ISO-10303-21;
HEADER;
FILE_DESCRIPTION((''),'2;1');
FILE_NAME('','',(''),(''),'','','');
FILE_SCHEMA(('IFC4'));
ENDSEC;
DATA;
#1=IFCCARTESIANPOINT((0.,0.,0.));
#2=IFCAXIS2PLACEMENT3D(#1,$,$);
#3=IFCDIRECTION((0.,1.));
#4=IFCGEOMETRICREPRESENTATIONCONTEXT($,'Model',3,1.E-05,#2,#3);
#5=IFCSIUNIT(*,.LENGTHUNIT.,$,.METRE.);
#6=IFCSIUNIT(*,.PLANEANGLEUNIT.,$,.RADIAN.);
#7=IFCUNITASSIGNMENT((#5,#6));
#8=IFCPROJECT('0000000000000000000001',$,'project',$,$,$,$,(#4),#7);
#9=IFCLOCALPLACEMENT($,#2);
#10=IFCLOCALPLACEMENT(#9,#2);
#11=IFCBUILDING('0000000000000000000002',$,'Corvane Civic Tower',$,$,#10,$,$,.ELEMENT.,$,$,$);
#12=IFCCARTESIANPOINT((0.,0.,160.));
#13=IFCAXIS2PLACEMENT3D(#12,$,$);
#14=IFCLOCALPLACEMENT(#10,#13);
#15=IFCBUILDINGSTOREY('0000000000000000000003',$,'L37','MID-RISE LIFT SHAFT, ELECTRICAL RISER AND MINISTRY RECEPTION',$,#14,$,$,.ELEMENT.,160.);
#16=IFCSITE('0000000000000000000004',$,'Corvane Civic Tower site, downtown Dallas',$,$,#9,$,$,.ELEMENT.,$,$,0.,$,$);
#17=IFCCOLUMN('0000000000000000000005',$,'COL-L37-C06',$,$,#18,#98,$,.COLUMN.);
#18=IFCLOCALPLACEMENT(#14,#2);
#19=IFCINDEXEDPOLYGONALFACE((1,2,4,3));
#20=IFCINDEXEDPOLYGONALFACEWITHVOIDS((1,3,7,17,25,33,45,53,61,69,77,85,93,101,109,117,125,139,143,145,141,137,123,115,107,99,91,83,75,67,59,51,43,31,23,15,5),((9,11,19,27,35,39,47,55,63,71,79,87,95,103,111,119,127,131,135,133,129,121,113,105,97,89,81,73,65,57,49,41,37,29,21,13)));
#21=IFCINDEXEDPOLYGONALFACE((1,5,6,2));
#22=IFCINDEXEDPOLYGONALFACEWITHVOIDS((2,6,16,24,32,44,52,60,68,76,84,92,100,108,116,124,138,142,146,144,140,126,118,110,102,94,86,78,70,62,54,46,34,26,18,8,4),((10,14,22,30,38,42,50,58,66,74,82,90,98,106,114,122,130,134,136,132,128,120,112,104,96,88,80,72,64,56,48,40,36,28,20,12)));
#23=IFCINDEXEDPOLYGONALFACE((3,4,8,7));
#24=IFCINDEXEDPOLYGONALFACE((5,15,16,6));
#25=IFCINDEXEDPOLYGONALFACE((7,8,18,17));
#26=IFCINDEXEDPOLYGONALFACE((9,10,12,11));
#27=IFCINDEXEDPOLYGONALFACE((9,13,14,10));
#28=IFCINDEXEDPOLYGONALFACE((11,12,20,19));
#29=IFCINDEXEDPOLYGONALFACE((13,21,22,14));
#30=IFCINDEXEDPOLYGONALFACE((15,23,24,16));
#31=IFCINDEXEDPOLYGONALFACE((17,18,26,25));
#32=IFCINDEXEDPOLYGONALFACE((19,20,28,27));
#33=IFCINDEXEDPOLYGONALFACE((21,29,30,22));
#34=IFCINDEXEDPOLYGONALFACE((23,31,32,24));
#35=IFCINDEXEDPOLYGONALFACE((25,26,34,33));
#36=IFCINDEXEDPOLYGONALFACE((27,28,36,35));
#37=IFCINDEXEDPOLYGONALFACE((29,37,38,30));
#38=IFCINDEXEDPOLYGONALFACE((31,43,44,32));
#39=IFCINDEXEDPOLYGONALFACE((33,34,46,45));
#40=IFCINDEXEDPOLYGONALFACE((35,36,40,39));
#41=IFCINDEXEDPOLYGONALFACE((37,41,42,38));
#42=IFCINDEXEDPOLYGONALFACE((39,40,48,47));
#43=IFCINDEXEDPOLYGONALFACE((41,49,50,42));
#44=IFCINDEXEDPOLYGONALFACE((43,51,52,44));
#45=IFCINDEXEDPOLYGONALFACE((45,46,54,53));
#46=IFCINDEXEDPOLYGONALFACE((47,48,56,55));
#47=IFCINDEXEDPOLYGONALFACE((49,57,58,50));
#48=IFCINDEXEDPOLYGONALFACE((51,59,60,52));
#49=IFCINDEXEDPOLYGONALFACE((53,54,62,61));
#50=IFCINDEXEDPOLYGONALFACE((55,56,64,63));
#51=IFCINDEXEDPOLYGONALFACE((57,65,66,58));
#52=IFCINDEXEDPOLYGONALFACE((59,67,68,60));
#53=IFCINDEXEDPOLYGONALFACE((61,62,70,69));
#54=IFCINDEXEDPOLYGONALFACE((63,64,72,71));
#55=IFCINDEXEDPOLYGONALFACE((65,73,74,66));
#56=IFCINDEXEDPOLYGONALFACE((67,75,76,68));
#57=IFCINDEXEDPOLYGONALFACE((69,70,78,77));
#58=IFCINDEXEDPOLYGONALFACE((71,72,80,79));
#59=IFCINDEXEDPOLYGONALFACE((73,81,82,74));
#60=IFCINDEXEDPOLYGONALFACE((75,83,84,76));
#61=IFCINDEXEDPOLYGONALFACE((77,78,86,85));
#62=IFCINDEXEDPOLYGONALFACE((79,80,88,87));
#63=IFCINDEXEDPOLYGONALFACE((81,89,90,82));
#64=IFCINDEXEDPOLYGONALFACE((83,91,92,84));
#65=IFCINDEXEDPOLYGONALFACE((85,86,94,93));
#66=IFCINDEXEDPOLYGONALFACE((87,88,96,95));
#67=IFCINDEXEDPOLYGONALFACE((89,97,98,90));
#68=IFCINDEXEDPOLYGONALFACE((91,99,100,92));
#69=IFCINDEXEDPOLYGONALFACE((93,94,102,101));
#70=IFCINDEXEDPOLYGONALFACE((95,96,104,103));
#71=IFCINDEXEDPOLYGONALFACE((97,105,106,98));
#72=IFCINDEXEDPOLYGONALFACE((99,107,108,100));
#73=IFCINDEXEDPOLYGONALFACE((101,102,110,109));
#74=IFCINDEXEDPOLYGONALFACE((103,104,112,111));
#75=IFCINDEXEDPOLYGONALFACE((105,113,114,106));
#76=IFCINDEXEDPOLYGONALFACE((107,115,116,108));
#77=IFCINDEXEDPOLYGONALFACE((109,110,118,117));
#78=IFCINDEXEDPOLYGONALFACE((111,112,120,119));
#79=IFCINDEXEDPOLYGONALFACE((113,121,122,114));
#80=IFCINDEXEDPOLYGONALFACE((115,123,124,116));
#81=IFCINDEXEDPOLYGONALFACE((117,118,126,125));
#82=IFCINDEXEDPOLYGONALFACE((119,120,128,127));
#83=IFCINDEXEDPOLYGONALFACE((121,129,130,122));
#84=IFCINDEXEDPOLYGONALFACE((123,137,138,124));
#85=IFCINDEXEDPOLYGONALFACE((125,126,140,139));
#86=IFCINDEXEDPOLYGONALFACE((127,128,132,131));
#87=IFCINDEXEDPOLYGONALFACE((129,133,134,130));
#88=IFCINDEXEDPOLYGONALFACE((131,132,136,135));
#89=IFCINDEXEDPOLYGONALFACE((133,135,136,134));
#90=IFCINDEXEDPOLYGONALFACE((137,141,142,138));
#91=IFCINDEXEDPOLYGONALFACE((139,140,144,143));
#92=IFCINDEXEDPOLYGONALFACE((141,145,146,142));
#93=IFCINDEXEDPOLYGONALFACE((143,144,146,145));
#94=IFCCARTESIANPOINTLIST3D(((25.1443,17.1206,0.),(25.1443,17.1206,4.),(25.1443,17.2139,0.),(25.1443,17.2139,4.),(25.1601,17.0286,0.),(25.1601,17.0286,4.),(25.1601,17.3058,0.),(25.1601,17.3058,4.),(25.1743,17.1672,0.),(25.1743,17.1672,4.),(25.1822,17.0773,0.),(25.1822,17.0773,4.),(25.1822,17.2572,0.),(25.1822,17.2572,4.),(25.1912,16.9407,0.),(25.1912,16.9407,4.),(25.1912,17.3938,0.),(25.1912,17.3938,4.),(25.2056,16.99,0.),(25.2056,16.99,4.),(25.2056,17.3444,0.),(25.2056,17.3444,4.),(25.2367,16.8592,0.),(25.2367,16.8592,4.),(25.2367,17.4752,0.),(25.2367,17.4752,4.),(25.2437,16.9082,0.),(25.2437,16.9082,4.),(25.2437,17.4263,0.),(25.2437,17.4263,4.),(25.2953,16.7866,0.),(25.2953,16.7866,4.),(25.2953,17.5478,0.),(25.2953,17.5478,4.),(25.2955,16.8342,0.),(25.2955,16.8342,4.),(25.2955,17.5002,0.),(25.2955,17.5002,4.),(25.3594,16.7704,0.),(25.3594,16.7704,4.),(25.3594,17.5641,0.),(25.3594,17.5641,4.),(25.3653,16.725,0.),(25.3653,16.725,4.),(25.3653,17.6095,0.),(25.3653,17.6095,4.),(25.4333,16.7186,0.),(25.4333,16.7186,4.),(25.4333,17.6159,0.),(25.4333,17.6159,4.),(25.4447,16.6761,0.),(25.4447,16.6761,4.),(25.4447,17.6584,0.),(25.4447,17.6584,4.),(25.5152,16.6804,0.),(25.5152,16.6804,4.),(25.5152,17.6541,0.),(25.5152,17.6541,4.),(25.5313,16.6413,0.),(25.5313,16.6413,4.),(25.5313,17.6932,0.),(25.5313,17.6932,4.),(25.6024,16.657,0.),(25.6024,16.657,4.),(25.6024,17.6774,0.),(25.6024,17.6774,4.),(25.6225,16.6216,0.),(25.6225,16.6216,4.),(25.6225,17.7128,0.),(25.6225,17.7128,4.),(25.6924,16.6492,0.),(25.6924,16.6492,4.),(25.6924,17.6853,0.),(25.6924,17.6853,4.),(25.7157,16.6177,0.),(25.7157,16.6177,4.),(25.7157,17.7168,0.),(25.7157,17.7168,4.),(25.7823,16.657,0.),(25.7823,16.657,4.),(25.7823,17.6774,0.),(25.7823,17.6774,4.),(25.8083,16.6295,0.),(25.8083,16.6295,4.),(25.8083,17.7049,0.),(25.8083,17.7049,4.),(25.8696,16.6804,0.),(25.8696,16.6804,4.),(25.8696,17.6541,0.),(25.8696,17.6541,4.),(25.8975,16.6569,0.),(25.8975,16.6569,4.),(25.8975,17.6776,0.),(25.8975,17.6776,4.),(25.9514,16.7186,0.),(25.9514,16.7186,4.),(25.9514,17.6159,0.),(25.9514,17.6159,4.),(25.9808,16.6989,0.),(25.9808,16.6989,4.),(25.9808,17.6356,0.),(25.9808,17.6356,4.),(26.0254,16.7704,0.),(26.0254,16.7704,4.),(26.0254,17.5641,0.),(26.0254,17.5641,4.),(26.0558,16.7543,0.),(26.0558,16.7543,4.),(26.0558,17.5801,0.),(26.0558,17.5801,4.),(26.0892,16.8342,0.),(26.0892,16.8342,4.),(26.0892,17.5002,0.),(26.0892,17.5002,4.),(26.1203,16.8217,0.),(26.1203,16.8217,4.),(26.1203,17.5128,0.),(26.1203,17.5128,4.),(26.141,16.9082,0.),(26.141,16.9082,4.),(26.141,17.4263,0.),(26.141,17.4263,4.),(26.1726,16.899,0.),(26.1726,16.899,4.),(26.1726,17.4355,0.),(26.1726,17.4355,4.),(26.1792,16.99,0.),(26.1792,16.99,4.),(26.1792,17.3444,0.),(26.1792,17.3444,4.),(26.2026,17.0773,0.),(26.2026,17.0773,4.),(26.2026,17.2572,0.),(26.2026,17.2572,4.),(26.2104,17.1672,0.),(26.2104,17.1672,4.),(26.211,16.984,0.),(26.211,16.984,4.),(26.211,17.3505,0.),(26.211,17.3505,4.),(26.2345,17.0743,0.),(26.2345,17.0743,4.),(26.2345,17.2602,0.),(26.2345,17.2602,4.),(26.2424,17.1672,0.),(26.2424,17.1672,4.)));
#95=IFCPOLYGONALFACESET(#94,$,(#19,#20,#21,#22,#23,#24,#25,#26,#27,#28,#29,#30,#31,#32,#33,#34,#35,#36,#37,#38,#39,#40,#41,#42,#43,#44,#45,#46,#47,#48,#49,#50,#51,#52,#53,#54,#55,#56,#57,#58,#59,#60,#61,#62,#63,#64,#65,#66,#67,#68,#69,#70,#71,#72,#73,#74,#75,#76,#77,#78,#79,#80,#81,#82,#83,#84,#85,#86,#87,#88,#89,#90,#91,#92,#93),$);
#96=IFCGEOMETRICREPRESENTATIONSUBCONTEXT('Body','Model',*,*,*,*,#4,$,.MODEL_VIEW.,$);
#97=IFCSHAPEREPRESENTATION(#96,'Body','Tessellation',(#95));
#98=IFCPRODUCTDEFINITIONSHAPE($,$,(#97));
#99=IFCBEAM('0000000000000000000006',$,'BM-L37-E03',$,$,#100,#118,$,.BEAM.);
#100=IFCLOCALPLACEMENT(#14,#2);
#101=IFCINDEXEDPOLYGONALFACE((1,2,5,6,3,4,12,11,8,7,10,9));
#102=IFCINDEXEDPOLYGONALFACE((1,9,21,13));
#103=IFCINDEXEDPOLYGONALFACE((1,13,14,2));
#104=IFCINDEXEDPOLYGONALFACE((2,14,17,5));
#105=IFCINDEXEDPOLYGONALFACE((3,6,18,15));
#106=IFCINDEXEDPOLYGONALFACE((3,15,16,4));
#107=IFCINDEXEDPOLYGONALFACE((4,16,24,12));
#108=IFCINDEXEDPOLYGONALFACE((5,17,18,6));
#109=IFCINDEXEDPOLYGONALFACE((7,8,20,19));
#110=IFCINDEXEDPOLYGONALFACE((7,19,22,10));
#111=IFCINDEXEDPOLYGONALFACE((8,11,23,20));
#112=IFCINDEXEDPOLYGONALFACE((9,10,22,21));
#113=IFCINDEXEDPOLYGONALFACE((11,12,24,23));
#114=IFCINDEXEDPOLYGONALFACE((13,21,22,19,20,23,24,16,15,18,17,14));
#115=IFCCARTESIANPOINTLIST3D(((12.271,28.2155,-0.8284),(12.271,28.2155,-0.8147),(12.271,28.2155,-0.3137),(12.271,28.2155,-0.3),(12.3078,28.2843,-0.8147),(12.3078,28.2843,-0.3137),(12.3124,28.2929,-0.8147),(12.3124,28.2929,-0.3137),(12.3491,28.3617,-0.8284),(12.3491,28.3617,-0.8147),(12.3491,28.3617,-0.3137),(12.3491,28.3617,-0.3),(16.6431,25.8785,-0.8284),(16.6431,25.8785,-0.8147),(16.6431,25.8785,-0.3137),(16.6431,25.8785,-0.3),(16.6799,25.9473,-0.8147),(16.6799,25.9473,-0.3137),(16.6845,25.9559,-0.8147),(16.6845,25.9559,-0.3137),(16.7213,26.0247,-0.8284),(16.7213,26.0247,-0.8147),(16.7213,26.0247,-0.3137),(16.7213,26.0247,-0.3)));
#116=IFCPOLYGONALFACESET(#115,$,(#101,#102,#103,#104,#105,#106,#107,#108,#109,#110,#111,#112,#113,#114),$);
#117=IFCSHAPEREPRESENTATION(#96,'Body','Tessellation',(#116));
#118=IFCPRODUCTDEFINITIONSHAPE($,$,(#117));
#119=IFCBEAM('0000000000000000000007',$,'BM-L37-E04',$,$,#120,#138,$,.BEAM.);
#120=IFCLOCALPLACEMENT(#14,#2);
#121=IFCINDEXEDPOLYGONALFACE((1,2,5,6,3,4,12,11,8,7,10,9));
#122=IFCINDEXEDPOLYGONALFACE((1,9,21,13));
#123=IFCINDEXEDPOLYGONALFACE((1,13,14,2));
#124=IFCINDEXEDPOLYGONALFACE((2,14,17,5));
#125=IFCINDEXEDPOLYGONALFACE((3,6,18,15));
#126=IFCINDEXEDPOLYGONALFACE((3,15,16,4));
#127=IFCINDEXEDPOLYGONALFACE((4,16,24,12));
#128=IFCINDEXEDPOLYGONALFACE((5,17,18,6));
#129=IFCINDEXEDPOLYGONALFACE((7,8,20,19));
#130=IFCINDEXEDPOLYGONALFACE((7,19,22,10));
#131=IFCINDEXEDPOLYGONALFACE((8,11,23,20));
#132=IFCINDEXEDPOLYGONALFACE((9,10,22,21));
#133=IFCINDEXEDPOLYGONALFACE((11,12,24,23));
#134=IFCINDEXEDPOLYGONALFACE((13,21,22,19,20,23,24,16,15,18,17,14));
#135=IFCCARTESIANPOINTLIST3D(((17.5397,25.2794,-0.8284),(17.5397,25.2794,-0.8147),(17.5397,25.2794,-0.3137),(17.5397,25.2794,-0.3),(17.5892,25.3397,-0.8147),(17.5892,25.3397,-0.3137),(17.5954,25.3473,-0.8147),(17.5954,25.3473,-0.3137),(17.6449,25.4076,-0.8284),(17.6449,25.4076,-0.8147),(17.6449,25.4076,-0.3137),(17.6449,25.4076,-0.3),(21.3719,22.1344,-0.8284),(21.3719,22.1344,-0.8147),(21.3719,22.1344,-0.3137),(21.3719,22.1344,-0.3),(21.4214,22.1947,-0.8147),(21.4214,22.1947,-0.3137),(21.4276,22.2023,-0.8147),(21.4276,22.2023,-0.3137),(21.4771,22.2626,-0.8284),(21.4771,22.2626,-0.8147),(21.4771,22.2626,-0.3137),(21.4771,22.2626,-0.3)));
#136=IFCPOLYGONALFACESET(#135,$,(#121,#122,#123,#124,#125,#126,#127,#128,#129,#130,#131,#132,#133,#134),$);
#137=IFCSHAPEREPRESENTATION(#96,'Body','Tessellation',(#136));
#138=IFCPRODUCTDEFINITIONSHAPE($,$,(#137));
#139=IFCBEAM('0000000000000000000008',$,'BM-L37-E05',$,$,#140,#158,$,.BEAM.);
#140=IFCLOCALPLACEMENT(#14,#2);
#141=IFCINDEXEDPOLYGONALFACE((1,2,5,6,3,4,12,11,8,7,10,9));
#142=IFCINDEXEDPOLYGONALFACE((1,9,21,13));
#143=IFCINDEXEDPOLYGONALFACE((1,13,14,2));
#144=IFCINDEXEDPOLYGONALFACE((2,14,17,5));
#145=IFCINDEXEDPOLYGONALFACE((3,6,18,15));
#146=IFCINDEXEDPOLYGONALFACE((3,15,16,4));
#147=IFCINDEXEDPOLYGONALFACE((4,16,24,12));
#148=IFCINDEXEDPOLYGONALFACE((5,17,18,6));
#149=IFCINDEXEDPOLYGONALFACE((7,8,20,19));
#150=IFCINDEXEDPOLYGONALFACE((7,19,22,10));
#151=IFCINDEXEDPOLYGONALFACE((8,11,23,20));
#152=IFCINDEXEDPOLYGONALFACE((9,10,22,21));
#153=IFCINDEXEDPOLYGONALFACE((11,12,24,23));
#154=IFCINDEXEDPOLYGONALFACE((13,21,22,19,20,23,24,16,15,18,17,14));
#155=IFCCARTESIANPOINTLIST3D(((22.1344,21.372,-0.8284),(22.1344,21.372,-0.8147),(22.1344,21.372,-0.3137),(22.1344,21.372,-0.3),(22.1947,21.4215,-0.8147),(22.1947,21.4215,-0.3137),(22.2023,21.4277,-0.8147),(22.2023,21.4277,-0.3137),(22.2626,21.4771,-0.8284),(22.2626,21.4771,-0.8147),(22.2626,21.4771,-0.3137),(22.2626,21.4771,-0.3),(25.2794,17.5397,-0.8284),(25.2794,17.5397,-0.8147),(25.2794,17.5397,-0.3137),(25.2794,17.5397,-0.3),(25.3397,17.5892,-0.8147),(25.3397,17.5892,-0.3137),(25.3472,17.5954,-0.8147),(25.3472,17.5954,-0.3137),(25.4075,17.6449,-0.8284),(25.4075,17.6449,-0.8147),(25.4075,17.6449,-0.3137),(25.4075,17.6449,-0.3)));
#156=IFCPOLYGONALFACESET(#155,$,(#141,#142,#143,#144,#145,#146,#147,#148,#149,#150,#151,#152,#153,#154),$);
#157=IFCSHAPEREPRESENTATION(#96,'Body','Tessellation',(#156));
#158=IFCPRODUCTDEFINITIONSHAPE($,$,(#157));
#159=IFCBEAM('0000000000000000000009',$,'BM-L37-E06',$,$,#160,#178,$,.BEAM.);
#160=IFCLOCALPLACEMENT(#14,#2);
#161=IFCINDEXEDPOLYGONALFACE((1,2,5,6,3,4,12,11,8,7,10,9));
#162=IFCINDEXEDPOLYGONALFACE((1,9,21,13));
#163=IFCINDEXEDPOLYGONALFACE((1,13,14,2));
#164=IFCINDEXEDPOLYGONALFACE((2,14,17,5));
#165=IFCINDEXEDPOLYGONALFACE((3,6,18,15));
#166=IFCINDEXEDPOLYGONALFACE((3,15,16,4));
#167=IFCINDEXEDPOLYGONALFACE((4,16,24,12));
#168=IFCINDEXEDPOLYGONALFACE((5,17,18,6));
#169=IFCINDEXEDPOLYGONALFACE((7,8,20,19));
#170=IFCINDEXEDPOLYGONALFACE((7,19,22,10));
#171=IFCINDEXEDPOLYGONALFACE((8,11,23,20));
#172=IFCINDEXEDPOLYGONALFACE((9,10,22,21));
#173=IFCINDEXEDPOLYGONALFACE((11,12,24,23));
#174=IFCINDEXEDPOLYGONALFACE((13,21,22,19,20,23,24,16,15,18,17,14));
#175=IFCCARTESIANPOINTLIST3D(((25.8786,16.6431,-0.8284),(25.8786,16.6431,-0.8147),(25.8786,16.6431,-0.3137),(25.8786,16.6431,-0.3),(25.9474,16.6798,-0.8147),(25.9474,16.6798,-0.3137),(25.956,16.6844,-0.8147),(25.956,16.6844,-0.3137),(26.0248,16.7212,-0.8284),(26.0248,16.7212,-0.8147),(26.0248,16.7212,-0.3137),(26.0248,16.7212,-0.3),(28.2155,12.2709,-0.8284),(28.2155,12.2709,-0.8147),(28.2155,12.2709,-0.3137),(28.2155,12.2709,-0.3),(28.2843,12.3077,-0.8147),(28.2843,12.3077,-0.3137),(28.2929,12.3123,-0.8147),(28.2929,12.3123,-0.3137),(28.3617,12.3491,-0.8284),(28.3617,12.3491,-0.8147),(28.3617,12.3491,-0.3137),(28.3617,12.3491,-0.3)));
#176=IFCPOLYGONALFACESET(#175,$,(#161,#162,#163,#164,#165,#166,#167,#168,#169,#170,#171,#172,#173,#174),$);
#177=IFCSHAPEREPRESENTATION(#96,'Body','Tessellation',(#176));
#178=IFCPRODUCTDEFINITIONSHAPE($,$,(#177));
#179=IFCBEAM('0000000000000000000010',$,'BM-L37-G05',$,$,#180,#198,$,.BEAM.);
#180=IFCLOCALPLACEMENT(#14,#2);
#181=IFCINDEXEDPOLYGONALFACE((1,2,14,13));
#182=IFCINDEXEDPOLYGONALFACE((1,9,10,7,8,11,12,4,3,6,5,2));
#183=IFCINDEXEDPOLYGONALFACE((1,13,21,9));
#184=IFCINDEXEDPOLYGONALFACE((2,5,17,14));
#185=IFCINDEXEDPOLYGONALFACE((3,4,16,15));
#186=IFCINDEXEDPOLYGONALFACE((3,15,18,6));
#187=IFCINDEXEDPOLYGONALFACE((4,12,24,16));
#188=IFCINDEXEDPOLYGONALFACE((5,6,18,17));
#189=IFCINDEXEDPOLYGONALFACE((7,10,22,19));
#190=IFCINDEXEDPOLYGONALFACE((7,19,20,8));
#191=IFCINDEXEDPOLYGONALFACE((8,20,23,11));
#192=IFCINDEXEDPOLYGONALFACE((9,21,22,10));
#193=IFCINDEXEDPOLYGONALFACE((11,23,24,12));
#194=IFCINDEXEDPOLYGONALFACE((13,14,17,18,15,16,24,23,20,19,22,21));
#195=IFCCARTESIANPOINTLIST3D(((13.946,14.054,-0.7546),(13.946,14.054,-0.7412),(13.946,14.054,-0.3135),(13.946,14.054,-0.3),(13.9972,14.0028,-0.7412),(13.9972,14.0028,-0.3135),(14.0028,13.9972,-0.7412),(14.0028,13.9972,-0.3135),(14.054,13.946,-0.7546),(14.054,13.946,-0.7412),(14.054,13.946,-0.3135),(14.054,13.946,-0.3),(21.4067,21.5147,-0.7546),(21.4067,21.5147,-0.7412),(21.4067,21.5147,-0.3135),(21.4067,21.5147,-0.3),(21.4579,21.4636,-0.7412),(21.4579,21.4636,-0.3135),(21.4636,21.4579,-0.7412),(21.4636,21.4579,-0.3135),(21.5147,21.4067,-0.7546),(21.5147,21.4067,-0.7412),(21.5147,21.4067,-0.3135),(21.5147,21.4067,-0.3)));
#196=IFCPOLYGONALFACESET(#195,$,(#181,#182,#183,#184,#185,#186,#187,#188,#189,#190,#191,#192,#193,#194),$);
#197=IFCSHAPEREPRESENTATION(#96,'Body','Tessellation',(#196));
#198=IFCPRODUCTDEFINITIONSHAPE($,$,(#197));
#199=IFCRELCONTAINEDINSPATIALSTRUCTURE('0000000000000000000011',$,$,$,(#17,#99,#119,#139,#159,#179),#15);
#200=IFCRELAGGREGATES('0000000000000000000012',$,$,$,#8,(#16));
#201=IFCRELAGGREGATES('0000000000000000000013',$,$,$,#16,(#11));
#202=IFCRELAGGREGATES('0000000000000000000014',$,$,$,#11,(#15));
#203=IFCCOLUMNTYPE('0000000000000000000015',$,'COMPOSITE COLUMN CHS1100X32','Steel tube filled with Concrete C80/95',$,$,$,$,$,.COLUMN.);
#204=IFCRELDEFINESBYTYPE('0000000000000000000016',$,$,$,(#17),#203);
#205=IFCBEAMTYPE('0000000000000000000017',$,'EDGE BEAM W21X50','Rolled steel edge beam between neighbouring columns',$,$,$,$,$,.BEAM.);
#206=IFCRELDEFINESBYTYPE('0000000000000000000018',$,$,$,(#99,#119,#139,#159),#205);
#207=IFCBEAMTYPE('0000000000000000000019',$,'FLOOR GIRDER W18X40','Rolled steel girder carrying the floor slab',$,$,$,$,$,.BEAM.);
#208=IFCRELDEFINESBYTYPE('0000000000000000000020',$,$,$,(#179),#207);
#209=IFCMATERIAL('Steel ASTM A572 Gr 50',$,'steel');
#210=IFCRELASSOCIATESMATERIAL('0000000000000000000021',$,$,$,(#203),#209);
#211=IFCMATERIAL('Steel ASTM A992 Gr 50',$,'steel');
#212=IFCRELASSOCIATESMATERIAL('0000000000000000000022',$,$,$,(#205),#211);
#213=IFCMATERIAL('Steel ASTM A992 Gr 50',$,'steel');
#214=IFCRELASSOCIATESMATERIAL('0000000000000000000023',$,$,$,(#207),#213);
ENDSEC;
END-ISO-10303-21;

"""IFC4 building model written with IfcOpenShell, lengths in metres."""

from ifc_helpers import new_model, si_unit, direction, frame, origin, origin_2d, place, context, subcontext, project, spatial, hollow_circle, i_section, extrude, material, material_profile, profile_set, type_object, element, save


model = new_model("IFC4")

# Units and contexts
model_context = context("Model", 3, precision=1e-05, world=origin(), true_north=direction((0.0, 1.0)))
body_context = subcontext(model_context, "Body", "Model", "MODEL_VIEW")
ifc_project = project(units=[si_unit("LENGTHUNIT", "METRE"), si_unit("PLANEANGLEUNIT", "RADIAN")], contexts=[model_context])

# Site, building, storey
site_placement = place(None, origin())
site = spatial("IfcSite", under=ifc_project, at=site_placement, Name="Corvane Civic Tower site, downtown Dallas", CompositionType="ELEMENT", RefElevation=0.0)
building_placement = place(site_placement, origin())
building = spatial("IfcBuilding", under=site, at=building_placement, Name="Corvane Civic Tower", CompositionType="ELEMENT")
storey_placement = place(building_placement, frame((0.0, 0.0, 160.0)))
storey = spatial("IfcBuildingStorey", under=building, at=storey_placement, Name="L37", Description="MID-RISE LIFT SHAFT, ELECTRICAL RISER AND MINISTRY RECEPTION", CompositionType="ELEMENT", Elevation=160.0)

# Column
ifc_material_1 = material(Name="Steel ASTM A572 Gr 50", Category="steel")
ifc_material_profile_1 = material_profile(ifc_material_1, hollow_circle(Radius=0.55, WallThickness=0.032, at=origin_2d()), Name="CHS1100X32")
ifc_profile_set_1 = profile_set([ifc_material_profile_1], Name="Steel ASTM A572 Gr 50")
column_type = type_object("IfcColumnType", Name="COMPOSITE COLUMN CHS1100X32", Description="Steel tube filled with Concrete C80/95", PredefinedType="COLUMN", material=ifc_profile_set_1)
for number, where, z_axis, x_axis, name in (
    (1, (25.6924, 17.1672, 0.0), (0.0, 0.0, 1.0), (1.0, 0.0, 0.0), "COL-L37-C06"),
):
    element("IfcColumn", number, at=place(storey_placement, frame(where, z_axis=z_axis, x_axis=x_axis)), inside=storey, type_object=column_type, Name=name, PredefinedType="COLUMN", context=body_context, shape_type="SweptSolid", body=[
        extrude(hollow_circle(Radius=0.55, WallThickness=0.032, at=origin_2d()), origin(), (0.0, 0.0, 1.0), 4.0),
    ])

# Beams
ifc_material_2 = material(Name="Steel ASTM A992 Gr 50", Category="steel")
ifc_material_profile_2 = material_profile(ifc_material_2, i_section(OverallWidth=0.1658, OverallDepth=0.5283, WebThickness=0.0098, FlangeThickness=0.0137, at=origin_2d()), Name="W21X50")
ifc_profile_set_2 = profile_set([ifc_material_profile_2], Name="Steel ASTM A992 Gr 50")
beam_type_1 = type_object("IfcBeamType", Name="EDGE BEAM W21X50", Description="Rolled steel edge beam between neighbouring columns", PredefinedType="BEAM", material=ifc_profile_set_2)
for number, where, z_axis, x_axis, name in (
    (2, (12.3101, 28.2886, -0.5642), (0.881922, -0.471396, 0.0), (0.471396, 0.881922, 0.0), "BM-L37-E03"),
    (3, (17.5923, 25.3435, -0.5642), (0.773015, -0.634388, 0.0), (0.634388, 0.773015, 0.0), "BM-L37-E04"),
    (4, (22.1985, 21.4246, -0.5642), (0.634388, -0.773015, 0.0), (0.773015, 0.634388, 0.0), "BM-L37-E05"),
    (5, (25.9517, 16.6821, -0.5642), (0.471396, -0.881922, 0.0), (0.881922, 0.471396, 0.0), "BM-L37-E06"),
):
    element("IfcBeam", number, at=place(storey_placement, frame(where, z_axis=z_axis, x_axis=x_axis)), inside=storey, type_object=beam_type_1, Name=name, PredefinedType="BEAM", context=body_context, shape_type="SweptSolid", body=[
        extrude(i_section(OverallWidth=0.1658, OverallDepth=0.5283, WebThickness=0.0098, FlangeThickness=0.0137, at=origin_2d()), origin(), (0.0, 0.0, 1.0), 4.9575),
    ])
ifc_material_3 = material(Name="Steel ASTM A992 Gr 50", Category="steel")
ifc_material_profile_3 = material_profile(ifc_material_3, i_section(OverallWidth=0.1528, OverallDepth=0.4546, WebThickness=0.0081, FlangeThickness=0.0134, at=origin_2d()), Name="W18X40")
ifc_profile_set_3 = profile_set([ifc_material_profile_3], Name="Steel ASTM A992 Gr 50")
beam_type_2 = type_object("IfcBeamType", Name="FLOOR GIRDER W18X40", Description="Rolled steel girder carrying the floor slab", PredefinedType="BEAM", material=ifc_profile_set_3)
beam_placement = place(storey_placement, frame((14.0, 14.0, -0.5273), z_axis=(0.707107, 0.707107, 0.0), x_axis=(-0.707107, 0.707107, 0.0)))
element("IfcBeam", 6, at=beam_placement, inside=storey, type_object=beam_type_2, Name="BM-L37-G05", PredefinedType="BEAM", context=body_context, shape_type="SweptSolid", body=[
    extrude(i_section(OverallWidth=0.1528, OverallDepth=0.4546, WebThickness=0.0081, FlangeThickness=0.0134, at=origin_2d()), origin(), (0.0, 0.0, 1.0), 10.551),
])

save(model, "model.ifc")
